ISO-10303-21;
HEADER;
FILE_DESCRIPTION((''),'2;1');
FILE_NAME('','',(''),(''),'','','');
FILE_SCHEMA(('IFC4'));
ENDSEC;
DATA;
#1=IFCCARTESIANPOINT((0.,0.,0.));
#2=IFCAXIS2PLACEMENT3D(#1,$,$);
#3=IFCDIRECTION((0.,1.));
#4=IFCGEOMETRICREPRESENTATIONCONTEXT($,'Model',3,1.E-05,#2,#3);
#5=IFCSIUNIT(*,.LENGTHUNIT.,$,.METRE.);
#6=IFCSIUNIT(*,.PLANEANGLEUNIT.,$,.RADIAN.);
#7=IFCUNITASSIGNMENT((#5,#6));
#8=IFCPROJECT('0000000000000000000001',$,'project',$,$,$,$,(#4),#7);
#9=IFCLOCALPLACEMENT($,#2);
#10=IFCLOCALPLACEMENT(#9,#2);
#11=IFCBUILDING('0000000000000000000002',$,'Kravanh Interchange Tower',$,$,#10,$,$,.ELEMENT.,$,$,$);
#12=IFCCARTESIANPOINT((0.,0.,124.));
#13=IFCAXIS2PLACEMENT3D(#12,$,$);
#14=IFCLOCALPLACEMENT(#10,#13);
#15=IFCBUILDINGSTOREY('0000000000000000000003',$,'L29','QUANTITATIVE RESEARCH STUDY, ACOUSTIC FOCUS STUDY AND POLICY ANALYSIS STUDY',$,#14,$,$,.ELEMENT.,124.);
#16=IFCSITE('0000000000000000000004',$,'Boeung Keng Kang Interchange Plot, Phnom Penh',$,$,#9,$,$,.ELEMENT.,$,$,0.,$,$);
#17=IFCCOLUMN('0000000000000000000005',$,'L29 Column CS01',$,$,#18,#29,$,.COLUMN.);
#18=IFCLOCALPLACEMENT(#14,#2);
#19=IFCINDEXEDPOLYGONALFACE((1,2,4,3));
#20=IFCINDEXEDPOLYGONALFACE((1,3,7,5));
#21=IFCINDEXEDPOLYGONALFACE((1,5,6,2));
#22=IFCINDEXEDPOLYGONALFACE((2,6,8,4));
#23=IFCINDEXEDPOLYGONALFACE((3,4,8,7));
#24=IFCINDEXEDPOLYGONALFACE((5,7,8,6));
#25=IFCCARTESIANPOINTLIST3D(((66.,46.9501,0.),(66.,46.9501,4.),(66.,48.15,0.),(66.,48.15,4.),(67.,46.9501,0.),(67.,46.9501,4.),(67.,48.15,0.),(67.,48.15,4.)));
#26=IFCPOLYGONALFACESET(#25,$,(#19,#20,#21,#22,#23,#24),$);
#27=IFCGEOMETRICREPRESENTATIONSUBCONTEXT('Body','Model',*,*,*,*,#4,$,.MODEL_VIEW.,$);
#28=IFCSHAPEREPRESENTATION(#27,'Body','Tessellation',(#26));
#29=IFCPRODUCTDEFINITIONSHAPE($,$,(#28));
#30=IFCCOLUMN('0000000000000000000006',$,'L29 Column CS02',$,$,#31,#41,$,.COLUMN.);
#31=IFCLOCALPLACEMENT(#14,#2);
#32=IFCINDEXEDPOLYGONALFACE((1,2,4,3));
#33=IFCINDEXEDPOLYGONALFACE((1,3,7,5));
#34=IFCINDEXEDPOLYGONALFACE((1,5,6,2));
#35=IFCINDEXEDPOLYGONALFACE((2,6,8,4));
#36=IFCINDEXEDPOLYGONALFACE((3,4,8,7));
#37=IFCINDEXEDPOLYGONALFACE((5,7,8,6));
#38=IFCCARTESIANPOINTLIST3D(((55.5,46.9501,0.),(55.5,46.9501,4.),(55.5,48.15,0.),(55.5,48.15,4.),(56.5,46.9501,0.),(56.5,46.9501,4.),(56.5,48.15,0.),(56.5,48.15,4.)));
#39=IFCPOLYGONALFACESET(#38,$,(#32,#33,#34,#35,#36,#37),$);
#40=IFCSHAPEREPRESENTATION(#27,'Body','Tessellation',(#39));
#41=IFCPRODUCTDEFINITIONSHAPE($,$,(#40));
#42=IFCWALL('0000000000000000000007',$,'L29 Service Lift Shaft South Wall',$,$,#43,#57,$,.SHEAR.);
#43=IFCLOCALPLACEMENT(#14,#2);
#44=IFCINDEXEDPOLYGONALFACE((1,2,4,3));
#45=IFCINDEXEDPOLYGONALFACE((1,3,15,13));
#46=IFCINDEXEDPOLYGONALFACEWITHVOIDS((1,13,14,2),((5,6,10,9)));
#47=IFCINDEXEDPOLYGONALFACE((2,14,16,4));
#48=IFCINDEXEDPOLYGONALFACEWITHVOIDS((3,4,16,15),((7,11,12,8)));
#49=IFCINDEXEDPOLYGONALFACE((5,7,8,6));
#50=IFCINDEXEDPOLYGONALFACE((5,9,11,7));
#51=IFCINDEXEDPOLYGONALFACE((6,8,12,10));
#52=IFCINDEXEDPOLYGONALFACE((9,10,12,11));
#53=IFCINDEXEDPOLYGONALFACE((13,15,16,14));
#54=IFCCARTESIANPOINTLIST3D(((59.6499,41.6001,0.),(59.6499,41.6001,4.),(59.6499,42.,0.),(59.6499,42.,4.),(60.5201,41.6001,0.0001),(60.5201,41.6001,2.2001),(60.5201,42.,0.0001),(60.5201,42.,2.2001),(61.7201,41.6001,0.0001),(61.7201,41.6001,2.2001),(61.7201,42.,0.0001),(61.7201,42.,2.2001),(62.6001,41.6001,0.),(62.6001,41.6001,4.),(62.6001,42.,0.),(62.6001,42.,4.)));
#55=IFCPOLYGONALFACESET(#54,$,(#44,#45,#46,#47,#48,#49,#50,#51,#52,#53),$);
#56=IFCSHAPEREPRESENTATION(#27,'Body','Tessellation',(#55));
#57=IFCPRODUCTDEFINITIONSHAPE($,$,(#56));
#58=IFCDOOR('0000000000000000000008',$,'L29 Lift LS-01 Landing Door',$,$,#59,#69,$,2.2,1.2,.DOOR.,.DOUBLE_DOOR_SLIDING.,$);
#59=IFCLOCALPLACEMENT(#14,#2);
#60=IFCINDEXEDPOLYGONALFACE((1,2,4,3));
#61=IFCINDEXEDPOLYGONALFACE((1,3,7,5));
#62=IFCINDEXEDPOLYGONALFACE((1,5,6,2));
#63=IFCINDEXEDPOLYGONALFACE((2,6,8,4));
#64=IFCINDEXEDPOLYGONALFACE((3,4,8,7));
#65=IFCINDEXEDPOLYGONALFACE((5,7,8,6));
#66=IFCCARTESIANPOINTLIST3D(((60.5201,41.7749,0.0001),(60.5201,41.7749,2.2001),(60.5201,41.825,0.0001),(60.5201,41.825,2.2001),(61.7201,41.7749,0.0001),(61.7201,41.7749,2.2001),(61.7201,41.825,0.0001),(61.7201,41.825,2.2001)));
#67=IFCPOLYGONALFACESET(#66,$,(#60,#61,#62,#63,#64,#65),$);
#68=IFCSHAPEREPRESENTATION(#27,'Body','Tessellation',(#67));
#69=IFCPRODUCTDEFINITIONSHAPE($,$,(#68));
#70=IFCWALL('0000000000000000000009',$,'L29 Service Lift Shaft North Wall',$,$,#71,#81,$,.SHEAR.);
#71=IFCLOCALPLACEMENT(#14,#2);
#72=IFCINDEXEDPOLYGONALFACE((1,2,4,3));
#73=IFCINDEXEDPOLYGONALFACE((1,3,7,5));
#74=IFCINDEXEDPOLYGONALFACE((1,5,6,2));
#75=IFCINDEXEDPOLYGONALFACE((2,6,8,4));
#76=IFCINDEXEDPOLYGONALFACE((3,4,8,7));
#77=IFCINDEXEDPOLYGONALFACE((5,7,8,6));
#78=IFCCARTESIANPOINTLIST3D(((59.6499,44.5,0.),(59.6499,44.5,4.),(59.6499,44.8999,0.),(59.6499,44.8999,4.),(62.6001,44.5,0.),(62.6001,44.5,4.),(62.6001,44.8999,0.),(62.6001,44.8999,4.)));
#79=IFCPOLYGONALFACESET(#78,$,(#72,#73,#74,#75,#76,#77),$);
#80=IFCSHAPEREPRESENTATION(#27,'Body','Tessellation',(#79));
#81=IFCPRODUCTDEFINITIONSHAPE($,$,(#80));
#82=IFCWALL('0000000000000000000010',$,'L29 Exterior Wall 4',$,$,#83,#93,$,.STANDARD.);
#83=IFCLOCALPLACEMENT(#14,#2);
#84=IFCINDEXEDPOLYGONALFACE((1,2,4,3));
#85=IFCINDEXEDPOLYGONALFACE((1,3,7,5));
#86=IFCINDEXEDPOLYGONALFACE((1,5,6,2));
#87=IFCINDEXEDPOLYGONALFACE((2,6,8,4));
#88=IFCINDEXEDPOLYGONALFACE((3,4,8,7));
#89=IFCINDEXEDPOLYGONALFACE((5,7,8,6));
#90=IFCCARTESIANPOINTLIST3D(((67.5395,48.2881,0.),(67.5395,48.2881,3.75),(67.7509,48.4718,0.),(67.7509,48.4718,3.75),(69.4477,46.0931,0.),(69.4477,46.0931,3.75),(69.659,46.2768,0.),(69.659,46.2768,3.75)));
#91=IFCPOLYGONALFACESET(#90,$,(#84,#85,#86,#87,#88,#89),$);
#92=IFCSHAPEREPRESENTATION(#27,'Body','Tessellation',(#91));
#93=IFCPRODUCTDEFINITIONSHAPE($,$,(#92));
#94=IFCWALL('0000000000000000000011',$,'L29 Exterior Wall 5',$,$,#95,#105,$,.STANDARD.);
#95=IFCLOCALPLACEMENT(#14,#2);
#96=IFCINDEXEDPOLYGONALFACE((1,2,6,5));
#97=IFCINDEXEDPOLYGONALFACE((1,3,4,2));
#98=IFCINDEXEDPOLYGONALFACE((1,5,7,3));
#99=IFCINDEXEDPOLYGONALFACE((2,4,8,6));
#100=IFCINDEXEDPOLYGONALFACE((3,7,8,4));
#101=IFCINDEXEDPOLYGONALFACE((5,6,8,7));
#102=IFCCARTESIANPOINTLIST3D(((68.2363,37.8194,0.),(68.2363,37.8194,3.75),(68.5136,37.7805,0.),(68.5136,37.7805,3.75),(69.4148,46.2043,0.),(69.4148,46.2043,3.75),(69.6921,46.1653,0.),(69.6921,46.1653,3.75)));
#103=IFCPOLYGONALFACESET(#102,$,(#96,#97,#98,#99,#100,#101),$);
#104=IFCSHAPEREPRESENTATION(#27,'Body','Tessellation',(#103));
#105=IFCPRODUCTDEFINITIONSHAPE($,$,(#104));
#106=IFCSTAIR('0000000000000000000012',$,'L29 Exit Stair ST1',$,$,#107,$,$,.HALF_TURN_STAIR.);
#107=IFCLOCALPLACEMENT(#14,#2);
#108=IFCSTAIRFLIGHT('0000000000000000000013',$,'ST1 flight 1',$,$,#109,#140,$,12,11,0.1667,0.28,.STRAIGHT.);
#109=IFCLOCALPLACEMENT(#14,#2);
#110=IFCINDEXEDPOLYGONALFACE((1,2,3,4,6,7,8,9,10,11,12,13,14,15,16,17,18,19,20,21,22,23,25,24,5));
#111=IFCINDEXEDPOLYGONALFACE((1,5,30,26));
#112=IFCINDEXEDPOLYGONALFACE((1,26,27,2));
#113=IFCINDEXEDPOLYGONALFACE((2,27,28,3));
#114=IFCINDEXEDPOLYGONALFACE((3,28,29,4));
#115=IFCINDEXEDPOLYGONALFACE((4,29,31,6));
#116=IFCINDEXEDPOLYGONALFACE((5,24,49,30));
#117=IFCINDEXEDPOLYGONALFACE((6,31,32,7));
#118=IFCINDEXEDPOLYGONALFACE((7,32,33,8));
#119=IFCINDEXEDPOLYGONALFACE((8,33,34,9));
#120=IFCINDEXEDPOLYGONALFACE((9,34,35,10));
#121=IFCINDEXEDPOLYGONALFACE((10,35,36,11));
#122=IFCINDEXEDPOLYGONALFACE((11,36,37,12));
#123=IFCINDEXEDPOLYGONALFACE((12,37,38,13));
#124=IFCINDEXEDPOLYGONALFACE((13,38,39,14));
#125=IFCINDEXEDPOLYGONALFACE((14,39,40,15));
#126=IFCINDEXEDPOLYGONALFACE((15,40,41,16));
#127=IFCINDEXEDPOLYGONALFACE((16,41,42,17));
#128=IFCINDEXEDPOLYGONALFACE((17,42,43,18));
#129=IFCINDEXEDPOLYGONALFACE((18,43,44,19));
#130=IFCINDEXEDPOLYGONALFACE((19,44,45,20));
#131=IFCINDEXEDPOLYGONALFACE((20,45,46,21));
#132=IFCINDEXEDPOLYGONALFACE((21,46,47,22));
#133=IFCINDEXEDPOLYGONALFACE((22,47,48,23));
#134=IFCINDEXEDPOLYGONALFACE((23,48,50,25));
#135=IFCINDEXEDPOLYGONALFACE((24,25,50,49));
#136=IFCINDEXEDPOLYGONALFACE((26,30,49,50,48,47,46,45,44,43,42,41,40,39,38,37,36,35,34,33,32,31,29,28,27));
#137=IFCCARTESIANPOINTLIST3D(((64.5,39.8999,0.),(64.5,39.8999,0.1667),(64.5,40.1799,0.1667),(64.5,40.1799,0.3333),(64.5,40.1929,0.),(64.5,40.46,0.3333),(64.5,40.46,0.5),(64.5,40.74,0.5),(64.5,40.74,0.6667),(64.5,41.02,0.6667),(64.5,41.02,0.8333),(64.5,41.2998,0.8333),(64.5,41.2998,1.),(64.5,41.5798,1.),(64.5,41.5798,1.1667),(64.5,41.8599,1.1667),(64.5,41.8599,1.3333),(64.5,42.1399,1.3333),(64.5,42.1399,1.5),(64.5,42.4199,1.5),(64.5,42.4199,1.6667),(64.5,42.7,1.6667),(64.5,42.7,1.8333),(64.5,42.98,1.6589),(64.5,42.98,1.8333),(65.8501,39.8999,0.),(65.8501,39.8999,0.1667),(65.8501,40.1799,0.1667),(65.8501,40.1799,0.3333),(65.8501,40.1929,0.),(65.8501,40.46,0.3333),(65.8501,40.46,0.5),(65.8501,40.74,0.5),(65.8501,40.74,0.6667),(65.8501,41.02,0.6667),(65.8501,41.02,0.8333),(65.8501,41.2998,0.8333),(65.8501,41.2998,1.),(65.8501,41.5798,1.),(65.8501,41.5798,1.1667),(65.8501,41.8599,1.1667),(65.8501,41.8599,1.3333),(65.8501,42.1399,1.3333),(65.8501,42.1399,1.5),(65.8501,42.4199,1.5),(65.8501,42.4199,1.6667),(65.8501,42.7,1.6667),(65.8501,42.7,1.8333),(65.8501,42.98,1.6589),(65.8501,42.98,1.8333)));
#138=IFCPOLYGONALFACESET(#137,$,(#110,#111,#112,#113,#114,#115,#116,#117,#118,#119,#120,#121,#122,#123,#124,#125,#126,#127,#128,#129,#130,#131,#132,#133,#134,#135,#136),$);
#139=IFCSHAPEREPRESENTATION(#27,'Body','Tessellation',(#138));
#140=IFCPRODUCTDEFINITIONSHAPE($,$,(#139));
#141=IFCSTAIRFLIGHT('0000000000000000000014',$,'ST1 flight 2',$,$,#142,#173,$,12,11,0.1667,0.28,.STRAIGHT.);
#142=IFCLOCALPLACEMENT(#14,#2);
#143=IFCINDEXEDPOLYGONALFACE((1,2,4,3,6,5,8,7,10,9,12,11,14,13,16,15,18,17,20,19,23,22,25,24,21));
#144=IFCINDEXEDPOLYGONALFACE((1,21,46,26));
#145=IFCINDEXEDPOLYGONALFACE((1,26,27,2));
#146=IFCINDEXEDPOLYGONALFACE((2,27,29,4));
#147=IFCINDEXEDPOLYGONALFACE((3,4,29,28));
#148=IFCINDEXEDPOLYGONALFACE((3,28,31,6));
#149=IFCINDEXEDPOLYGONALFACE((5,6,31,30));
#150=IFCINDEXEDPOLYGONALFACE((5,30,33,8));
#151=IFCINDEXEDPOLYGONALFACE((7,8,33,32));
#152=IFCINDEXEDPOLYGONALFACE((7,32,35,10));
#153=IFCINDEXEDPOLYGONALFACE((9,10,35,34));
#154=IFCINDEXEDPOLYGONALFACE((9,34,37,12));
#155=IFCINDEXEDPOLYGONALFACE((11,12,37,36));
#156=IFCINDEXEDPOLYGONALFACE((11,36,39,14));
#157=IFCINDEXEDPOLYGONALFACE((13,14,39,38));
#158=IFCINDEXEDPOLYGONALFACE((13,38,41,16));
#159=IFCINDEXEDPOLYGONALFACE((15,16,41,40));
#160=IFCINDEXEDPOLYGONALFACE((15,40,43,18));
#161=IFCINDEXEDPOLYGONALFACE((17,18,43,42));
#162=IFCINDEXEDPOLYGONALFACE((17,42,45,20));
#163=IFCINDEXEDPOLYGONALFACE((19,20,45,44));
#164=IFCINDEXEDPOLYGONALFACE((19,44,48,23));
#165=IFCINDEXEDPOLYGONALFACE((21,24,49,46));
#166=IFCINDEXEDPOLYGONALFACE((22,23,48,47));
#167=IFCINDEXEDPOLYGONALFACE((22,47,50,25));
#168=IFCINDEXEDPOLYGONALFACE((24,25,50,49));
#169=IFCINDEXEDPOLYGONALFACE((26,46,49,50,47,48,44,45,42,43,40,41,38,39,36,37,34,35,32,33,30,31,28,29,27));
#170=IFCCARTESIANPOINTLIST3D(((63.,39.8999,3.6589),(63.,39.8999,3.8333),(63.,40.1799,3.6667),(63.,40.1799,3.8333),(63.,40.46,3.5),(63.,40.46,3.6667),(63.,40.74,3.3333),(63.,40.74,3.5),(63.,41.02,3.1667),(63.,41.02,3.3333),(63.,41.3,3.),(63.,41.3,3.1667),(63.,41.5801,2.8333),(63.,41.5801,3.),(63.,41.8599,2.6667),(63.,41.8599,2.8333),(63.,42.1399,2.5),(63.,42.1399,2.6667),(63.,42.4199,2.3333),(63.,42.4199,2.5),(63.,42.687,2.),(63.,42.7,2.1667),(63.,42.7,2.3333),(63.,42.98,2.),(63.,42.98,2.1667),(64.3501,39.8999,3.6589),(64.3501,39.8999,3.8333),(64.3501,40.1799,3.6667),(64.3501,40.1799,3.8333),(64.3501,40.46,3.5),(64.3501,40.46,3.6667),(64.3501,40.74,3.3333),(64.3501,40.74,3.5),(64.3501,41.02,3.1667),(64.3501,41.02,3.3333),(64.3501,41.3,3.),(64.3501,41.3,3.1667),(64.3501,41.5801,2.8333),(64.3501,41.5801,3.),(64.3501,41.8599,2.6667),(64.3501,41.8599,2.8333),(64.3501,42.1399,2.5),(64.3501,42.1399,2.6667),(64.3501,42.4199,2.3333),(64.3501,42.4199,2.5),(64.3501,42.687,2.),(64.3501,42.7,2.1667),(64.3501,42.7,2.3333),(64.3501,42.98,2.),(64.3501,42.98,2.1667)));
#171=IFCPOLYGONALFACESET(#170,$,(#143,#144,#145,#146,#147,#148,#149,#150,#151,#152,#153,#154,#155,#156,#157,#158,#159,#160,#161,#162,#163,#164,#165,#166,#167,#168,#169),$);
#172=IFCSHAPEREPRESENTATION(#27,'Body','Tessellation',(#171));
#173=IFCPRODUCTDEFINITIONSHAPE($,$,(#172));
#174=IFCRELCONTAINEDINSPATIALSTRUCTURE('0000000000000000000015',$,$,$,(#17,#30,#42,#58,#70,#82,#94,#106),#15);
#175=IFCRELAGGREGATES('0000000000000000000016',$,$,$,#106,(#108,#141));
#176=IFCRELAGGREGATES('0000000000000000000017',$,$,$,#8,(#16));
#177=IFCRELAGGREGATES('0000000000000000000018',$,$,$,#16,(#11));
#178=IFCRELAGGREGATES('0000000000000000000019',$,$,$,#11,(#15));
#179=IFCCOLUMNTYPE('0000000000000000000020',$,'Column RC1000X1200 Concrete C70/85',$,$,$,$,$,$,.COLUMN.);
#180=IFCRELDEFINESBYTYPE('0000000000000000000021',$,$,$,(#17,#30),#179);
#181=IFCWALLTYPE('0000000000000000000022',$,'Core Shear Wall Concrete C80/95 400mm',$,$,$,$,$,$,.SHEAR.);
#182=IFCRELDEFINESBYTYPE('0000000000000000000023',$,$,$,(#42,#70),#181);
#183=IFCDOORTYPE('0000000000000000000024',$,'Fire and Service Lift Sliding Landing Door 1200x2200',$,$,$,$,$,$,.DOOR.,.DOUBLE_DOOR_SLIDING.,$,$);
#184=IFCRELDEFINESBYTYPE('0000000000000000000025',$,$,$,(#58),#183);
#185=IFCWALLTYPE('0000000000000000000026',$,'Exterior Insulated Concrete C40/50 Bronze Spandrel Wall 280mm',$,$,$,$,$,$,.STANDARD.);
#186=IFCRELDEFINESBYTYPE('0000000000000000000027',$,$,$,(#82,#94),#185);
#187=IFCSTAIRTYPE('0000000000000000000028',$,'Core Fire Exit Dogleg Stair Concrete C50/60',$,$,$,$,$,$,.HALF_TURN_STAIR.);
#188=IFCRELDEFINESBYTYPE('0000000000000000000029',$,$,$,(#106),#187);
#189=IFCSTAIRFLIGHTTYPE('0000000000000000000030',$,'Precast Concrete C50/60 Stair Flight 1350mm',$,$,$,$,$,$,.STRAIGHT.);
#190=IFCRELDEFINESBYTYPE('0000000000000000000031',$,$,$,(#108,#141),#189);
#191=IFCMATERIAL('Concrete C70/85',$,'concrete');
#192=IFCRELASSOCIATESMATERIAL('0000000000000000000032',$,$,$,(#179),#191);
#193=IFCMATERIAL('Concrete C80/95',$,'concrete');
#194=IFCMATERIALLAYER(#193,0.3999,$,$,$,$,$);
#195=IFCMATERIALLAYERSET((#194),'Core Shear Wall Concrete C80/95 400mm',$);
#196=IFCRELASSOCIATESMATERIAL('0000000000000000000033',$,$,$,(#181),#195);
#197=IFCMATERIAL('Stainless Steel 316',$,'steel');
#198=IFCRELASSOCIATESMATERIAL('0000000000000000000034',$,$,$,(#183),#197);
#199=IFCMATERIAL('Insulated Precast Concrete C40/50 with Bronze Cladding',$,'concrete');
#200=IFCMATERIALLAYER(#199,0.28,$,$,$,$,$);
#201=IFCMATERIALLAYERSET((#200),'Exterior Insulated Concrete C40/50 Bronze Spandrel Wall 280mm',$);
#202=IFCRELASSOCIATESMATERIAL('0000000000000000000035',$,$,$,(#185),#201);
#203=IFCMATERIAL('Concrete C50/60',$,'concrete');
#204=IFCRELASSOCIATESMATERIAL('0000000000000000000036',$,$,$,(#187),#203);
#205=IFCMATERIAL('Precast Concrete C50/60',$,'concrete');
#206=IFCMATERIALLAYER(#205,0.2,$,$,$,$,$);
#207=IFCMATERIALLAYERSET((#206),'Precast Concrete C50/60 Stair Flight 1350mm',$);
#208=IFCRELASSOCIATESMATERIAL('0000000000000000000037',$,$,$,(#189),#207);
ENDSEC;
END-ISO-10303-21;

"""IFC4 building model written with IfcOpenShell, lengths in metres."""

from ifc_helpers import new_model, si_unit, direction, frame, frame_2d, origin, origin_2d, place, context, subcontext, project, spatial, polyline, rectangle, outline, extrude, material, layer, layer_set, material_profile, profile_set, type_object, element, fill, aggregate, save


model = new_model("IFC4")

# Units and contexts
model_context = context("Model", 3, precision=1e-05, world=origin(), true_north=direction((0.0, 1.0)))
body_context = subcontext(model_context, "Body", "Model", "MODEL_VIEW")
ifc_project = project(units=[si_unit("LENGTHUNIT", "METRE"), si_unit("PLANEANGLEUNIT", "RADIAN")], contexts=[model_context])

# Site, building, storey
site_placement = place(None, origin())
site = spatial("IfcSite", under=ifc_project, at=site_placement, Name="Boeung Keng Kang Interchange Plot, Phnom Penh", CompositionType="ELEMENT", RefElevation=0.0)
building_placement = place(site_placement, origin())
building = spatial("IfcBuilding", under=site, at=building_placement, Name="Kravanh Interchange Tower", CompositionType="ELEMENT")
storey_placement = place(building_placement, frame((0.0, 0.0, 124.0)))
storey = spatial("IfcBuildingStorey", under=building, at=storey_placement, Name="L29", Description="QUANTITATIVE RESEARCH STUDY, ACOUSTIC FOCUS STUDY AND POLICY ANALYSIS STUDY", CompositionType="ELEMENT", Elevation=124.0)

# Columns
ifc_material_1 = material(Name="Concrete C70/85", Category="concrete")
ifc_material_profile = material_profile(ifc_material_1, rectangle(XDim=1.0, YDim=1.2, at=origin_2d()), Name="RC1000X1200")
ifc_profile_set = profile_set([ifc_material_profile], Name="Concrete C70/85")
column_type = type_object("IfcColumnType", Name="Column RC1000X1200 Concrete C70/85", PredefinedType="COLUMN", material=ifc_profile_set)
for number, where, z_axis, x_axis, name in (
    (1, (66.5, 47.55, 0.0), (0.0, 0.0, 1.0), (1.0, 0.0, 0.0), "L29 Column CS01"),
    (2, (56.0, 47.55, 0.0), (0.0, 0.0, 1.0), (1.0, 0.0, 0.0), "L29 Column CS02"),
):
    element("IfcColumn", number, at=place(storey_placement, frame(where, z_axis=z_axis, x_axis=x_axis)), inside=storey, type_object=column_type, Name=name, PredefinedType="COLUMN", context=body_context, shape_type="SweptSolid", body=[
        extrude(rectangle(XDim=1.0, YDim=1.2, at=origin_2d()), origin(), (0.0, 0.0, 1.0), 4.0),
    ])

# Wall, opening, door
ifc_material_2 = material(Name="Concrete C80/95", Category="concrete")
ifc_layer_1 = layer(ifc_material_2, 0.3999)
ifc_layer_set_1 = layer_set([ifc_layer_1], Name="Core Shear Wall Concrete C80/95 400mm")
wall_type_1 = type_object("IfcWallType", Name="Core Shear Wall Concrete C80/95 400mm", PredefinedType="SHEAR", material=ifc_layer_set_1)
wall_1_placement = place(storey_placement, frame((59.6499, 41.8, 0.0), z_axis=(0.0, 0.0, 1.0), x_axis=(1.0, 0.0, 0.0)))
wall_1 = element("IfcWall", 3, at=wall_1_placement, inside=storey, type_object=wall_type_1, Name="L29 Service Lift Shaft South Wall", PredefinedType="SHEAR", context=body_context, shape_type="SweptSolid", body=[
    extrude(rectangle(XDim=2.9502, YDim=0.3999, at=frame_2d((1.4751, 0.0))), origin(), (0.0, 0.0, 1.0), 4.0),
])
opening_placement = place(wall_1_placement, frame((0.8701, 0.0, 0.0)))
opening = element("IfcOpeningElement", 4, at=opening_placement, cuts=wall_1, PredefinedType="OPENING", context=body_context, shape_type="SweptSolid", body=[
    extrude(rectangle(XDim=1.2, YDim=2.2, at=frame_2d((0.6001, 1.1001))), frame((0.0, 0.21, 0.0), z_axis=(0.0, -1.0, 0.0), x_axis=(1.0, 0.0, 0.0)), (0.0, 0.0, 1.0), 0.4199),
])
ifc_material_3 = material(Name="Stainless Steel 316", Category="steel")
door_type = type_object("IfcDoorType", Name="Fire and Service Lift Sliding Landing Door 1200x2200", OperationType="DOUBLE_DOOR_SLIDING", PredefinedType="DOOR", material=ifc_material_3)
door_placement = place(opening_placement, origin())
door = element("IfcDoor", 5, at=door_placement, inside=storey, type_object=door_type, Name="L29 Lift LS-01 Landing Door", OperationType="DOUBLE_DOOR_SLIDING", OverallHeight=2.2, OverallWidth=1.2, PredefinedType="DOOR", context=body_context, shape_type="SweptSolid", body=[
    extrude(rectangle(XDim=1.2, YDim=2.2, at=frame_2d((0.6001, 1.1001))), frame((0.0, 0.0249, 0.0), z_axis=(0.0, -1.0, 0.0), x_axis=(1.0, 0.0, 0.0)), (0.0, 0.0, 1.0), 0.05),
])
fill(opening, door)

# Walls
wall_2_placement = place(storey_placement, frame((59.6499, 44.7, 0.0), z_axis=(0.0, 0.0, 1.0), x_axis=(1.0, 0.0, 0.0)))
element("IfcWall", 6, at=wall_2_placement, inside=storey, type_object=wall_type_1, Name="L29 Service Lift Shaft North Wall", PredefinedType="SHEAR", context=body_context, shape_type="SweptSolid", body=[
    extrude(rectangle(XDim=2.9502, YDim=0.3999, at=frame_2d((1.4751, 0.0))), origin(), (0.0, 0.0, 1.0), 4.0),
])
ifc_material_4 = material(Name="Insulated Precast Concrete C40/50 with Bronze Cladding", Category="concrete")
ifc_layer_2 = layer(ifc_material_4, 0.28)
ifc_layer_set_2 = layer_set([ifc_layer_2], Name="Exterior Insulated Concrete C40/50 Bronze Spandrel Wall 280mm")
wall_type_2 = type_object("IfcWallType", Name="Exterior Insulated Concrete C40/50 Bronze Spandrel Wall 280mm", PredefinedType="STANDARD", material=ifc_layer_set_2)
wall_3_placement = place(storey_placement, frame((67.6453, 48.3799, 0.0), z_axis=(0.0, 0.0, 1.0), x_axis=(0.656071, -0.754699, 0.0)))
element("IfcWall", 7, at=wall_3_placement, inside=storey, type_object=wall_type_2, Name="L29 Exterior Wall 4", PredefinedType="STANDARD", context=body_context, shape_type="SweptSolid", body=[
    extrude(rectangle(XDim=2.9084, YDim=0.28, at=frame_2d((1.4541, 0.0))), origin(), (0.0, 0.0, 1.0), 3.75),
])
wall_4_placement = place(storey_placement, frame((69.5535, 46.1848, 0.0), z_axis=(0.0, 0.0, 1.0), x_axis=(-0.139181, -0.990267, 0.0)))
element("IfcWall", 8, at=wall_4_placement, inside=storey, type_object=wall_type_2, Name="L29 Exterior Wall 5", PredefinedType="STANDARD", context=body_context, shape_type="SweptSolid", body=[
    extrude(rectangle(XDim=8.4673, YDim=0.28, at=frame_2d((4.2336, 0.0))), origin(), (0.0, 0.0, 1.0), 3.75),
])

# Stair, stair flights
ifc_material_5 = material(Name="Concrete C50/60", Category="concrete")
stair_type = type_object("IfcStairType", Name="Core Fire Exit Dogleg Stair Concrete C50/60", PredefinedType="HALF_TURN_STAIR", material=ifc_material_5)
stair_1_placement = place(storey_placement, origin())
stair_1 = element("IfcStair", 9, at=stair_1_placement, inside=storey, type_object=stair_type, Name="L29 Exit Stair ST1", PredefinedType="HALF_TURN_STAIR")
ifc_material_6 = material(Name="Precast Concrete C50/60", Category="concrete")
ifc_layer_3 = layer(ifc_material_6, 0.2)
ifc_layer_set_3 = layer_set([ifc_layer_3], Name="Precast Concrete C50/60 Stair Flight 1350mm")
stair_flight_type = type_object("IfcStairFlightType", Name="Precast Concrete C50/60 Stair Flight 1350mm", PredefinedType="STRAIGHT", material=ifc_layer_set_3)
stair_flight_1_placement = place(storey_placement, frame((65.175, 39.8999, 0.0), z_axis=(0.0, 0.0, 1.0), x_axis=(0.0, 1.0, 0.0)))
stair_flight_1 = element("IfcStairFlight", 10, at=stair_flight_1_placement, type_object=stair_flight_type, Name="ST1 flight 1", NumberOfRisers=12, NumberOfTreads=11, PredefinedType="STRAIGHT", RiserHeight=0.1667, TreadLength=0.28, context=body_context, shape_type="SweptSolid", body=[
    extrude(outline(polyline([(0.0, 0.0), (0.0, 0.1667), (0.28, 0.1667), (0.28, 0.3333), (0.5601, 0.3333), (0.5601, 0.5), (0.8401, 0.5), (0.8401, 0.6667), (1.1201, 0.6667), (1.1201, 0.8333), (1.3999, 0.8333), (1.3999, 1.0), (1.6799, 1.0), (1.6799, 1.1667), (1.96, 1.1667), (1.96, 1.3333), (2.24, 1.3333), (2.24, 1.5), (2.52, 1.5), (2.52, 1.6667), (2.8, 1.6667), (2.8, 1.8333), (3.0801, 1.8333), (3.0801, 2.0), (3.0801, 1.6589), (0.293, 0.0), (0.0, 0.0)])), frame((0.0, 0.675, 0.0), z_axis=(0.0, -1.0, 0.0), x_axis=(1.0, 0.0, 0.0)), (0.0, 0.0, 1.0), 1.3501),
])
stair_flight_2_placement = place(storey_placement, frame((63.675, 42.98, 2.0), z_axis=(0.0, 0.0, 1.0), x_axis=(0.0, -1.0, 0.0)))
stair_flight_2 = element("IfcStairFlight", 11, at=stair_flight_2_placement, type_object=stair_flight_type, Name="ST1 flight 2", NumberOfRisers=12, NumberOfTreads=11, PredefinedType="STRAIGHT", RiserHeight=0.1667, TreadLength=0.28, context=body_context, shape_type="SweptSolid", body=[
    extrude(outline(polyline([(0.0, 0.0), (0.0, 0.1667), (0.28, 0.1667), (0.28, 0.3333), (0.5601, 0.3333), (0.5601, 0.5), (0.8401, 0.5), (0.8401, 0.6667), (1.1201, 0.6667), (1.1201, 0.8333), (1.3999, 0.8333), (1.3999, 1.0), (1.6799, 1.0), (1.6799, 1.1667), (1.96, 1.1667), (1.96, 1.3333), (2.24, 1.3333), (2.24, 1.5), (2.52, 1.5), (2.52, 1.6667), (2.8, 1.6667), (2.8, 1.8333), (3.0801, 1.8333), (3.0801, 2.0), (3.0801, 1.6589), (0.293, 0.0), (0.0, 0.0)])), frame((0.0, 0.675, 0.0), z_axis=(0.0, -1.0, 0.0), x_axis=(1.0, 0.0, 0.0)), (0.0, 0.0, 1.0), 1.3501),
])
aggregate(stair_1, [stair_flight_1, stair_flight_2])

save(model, "model.ifc")
